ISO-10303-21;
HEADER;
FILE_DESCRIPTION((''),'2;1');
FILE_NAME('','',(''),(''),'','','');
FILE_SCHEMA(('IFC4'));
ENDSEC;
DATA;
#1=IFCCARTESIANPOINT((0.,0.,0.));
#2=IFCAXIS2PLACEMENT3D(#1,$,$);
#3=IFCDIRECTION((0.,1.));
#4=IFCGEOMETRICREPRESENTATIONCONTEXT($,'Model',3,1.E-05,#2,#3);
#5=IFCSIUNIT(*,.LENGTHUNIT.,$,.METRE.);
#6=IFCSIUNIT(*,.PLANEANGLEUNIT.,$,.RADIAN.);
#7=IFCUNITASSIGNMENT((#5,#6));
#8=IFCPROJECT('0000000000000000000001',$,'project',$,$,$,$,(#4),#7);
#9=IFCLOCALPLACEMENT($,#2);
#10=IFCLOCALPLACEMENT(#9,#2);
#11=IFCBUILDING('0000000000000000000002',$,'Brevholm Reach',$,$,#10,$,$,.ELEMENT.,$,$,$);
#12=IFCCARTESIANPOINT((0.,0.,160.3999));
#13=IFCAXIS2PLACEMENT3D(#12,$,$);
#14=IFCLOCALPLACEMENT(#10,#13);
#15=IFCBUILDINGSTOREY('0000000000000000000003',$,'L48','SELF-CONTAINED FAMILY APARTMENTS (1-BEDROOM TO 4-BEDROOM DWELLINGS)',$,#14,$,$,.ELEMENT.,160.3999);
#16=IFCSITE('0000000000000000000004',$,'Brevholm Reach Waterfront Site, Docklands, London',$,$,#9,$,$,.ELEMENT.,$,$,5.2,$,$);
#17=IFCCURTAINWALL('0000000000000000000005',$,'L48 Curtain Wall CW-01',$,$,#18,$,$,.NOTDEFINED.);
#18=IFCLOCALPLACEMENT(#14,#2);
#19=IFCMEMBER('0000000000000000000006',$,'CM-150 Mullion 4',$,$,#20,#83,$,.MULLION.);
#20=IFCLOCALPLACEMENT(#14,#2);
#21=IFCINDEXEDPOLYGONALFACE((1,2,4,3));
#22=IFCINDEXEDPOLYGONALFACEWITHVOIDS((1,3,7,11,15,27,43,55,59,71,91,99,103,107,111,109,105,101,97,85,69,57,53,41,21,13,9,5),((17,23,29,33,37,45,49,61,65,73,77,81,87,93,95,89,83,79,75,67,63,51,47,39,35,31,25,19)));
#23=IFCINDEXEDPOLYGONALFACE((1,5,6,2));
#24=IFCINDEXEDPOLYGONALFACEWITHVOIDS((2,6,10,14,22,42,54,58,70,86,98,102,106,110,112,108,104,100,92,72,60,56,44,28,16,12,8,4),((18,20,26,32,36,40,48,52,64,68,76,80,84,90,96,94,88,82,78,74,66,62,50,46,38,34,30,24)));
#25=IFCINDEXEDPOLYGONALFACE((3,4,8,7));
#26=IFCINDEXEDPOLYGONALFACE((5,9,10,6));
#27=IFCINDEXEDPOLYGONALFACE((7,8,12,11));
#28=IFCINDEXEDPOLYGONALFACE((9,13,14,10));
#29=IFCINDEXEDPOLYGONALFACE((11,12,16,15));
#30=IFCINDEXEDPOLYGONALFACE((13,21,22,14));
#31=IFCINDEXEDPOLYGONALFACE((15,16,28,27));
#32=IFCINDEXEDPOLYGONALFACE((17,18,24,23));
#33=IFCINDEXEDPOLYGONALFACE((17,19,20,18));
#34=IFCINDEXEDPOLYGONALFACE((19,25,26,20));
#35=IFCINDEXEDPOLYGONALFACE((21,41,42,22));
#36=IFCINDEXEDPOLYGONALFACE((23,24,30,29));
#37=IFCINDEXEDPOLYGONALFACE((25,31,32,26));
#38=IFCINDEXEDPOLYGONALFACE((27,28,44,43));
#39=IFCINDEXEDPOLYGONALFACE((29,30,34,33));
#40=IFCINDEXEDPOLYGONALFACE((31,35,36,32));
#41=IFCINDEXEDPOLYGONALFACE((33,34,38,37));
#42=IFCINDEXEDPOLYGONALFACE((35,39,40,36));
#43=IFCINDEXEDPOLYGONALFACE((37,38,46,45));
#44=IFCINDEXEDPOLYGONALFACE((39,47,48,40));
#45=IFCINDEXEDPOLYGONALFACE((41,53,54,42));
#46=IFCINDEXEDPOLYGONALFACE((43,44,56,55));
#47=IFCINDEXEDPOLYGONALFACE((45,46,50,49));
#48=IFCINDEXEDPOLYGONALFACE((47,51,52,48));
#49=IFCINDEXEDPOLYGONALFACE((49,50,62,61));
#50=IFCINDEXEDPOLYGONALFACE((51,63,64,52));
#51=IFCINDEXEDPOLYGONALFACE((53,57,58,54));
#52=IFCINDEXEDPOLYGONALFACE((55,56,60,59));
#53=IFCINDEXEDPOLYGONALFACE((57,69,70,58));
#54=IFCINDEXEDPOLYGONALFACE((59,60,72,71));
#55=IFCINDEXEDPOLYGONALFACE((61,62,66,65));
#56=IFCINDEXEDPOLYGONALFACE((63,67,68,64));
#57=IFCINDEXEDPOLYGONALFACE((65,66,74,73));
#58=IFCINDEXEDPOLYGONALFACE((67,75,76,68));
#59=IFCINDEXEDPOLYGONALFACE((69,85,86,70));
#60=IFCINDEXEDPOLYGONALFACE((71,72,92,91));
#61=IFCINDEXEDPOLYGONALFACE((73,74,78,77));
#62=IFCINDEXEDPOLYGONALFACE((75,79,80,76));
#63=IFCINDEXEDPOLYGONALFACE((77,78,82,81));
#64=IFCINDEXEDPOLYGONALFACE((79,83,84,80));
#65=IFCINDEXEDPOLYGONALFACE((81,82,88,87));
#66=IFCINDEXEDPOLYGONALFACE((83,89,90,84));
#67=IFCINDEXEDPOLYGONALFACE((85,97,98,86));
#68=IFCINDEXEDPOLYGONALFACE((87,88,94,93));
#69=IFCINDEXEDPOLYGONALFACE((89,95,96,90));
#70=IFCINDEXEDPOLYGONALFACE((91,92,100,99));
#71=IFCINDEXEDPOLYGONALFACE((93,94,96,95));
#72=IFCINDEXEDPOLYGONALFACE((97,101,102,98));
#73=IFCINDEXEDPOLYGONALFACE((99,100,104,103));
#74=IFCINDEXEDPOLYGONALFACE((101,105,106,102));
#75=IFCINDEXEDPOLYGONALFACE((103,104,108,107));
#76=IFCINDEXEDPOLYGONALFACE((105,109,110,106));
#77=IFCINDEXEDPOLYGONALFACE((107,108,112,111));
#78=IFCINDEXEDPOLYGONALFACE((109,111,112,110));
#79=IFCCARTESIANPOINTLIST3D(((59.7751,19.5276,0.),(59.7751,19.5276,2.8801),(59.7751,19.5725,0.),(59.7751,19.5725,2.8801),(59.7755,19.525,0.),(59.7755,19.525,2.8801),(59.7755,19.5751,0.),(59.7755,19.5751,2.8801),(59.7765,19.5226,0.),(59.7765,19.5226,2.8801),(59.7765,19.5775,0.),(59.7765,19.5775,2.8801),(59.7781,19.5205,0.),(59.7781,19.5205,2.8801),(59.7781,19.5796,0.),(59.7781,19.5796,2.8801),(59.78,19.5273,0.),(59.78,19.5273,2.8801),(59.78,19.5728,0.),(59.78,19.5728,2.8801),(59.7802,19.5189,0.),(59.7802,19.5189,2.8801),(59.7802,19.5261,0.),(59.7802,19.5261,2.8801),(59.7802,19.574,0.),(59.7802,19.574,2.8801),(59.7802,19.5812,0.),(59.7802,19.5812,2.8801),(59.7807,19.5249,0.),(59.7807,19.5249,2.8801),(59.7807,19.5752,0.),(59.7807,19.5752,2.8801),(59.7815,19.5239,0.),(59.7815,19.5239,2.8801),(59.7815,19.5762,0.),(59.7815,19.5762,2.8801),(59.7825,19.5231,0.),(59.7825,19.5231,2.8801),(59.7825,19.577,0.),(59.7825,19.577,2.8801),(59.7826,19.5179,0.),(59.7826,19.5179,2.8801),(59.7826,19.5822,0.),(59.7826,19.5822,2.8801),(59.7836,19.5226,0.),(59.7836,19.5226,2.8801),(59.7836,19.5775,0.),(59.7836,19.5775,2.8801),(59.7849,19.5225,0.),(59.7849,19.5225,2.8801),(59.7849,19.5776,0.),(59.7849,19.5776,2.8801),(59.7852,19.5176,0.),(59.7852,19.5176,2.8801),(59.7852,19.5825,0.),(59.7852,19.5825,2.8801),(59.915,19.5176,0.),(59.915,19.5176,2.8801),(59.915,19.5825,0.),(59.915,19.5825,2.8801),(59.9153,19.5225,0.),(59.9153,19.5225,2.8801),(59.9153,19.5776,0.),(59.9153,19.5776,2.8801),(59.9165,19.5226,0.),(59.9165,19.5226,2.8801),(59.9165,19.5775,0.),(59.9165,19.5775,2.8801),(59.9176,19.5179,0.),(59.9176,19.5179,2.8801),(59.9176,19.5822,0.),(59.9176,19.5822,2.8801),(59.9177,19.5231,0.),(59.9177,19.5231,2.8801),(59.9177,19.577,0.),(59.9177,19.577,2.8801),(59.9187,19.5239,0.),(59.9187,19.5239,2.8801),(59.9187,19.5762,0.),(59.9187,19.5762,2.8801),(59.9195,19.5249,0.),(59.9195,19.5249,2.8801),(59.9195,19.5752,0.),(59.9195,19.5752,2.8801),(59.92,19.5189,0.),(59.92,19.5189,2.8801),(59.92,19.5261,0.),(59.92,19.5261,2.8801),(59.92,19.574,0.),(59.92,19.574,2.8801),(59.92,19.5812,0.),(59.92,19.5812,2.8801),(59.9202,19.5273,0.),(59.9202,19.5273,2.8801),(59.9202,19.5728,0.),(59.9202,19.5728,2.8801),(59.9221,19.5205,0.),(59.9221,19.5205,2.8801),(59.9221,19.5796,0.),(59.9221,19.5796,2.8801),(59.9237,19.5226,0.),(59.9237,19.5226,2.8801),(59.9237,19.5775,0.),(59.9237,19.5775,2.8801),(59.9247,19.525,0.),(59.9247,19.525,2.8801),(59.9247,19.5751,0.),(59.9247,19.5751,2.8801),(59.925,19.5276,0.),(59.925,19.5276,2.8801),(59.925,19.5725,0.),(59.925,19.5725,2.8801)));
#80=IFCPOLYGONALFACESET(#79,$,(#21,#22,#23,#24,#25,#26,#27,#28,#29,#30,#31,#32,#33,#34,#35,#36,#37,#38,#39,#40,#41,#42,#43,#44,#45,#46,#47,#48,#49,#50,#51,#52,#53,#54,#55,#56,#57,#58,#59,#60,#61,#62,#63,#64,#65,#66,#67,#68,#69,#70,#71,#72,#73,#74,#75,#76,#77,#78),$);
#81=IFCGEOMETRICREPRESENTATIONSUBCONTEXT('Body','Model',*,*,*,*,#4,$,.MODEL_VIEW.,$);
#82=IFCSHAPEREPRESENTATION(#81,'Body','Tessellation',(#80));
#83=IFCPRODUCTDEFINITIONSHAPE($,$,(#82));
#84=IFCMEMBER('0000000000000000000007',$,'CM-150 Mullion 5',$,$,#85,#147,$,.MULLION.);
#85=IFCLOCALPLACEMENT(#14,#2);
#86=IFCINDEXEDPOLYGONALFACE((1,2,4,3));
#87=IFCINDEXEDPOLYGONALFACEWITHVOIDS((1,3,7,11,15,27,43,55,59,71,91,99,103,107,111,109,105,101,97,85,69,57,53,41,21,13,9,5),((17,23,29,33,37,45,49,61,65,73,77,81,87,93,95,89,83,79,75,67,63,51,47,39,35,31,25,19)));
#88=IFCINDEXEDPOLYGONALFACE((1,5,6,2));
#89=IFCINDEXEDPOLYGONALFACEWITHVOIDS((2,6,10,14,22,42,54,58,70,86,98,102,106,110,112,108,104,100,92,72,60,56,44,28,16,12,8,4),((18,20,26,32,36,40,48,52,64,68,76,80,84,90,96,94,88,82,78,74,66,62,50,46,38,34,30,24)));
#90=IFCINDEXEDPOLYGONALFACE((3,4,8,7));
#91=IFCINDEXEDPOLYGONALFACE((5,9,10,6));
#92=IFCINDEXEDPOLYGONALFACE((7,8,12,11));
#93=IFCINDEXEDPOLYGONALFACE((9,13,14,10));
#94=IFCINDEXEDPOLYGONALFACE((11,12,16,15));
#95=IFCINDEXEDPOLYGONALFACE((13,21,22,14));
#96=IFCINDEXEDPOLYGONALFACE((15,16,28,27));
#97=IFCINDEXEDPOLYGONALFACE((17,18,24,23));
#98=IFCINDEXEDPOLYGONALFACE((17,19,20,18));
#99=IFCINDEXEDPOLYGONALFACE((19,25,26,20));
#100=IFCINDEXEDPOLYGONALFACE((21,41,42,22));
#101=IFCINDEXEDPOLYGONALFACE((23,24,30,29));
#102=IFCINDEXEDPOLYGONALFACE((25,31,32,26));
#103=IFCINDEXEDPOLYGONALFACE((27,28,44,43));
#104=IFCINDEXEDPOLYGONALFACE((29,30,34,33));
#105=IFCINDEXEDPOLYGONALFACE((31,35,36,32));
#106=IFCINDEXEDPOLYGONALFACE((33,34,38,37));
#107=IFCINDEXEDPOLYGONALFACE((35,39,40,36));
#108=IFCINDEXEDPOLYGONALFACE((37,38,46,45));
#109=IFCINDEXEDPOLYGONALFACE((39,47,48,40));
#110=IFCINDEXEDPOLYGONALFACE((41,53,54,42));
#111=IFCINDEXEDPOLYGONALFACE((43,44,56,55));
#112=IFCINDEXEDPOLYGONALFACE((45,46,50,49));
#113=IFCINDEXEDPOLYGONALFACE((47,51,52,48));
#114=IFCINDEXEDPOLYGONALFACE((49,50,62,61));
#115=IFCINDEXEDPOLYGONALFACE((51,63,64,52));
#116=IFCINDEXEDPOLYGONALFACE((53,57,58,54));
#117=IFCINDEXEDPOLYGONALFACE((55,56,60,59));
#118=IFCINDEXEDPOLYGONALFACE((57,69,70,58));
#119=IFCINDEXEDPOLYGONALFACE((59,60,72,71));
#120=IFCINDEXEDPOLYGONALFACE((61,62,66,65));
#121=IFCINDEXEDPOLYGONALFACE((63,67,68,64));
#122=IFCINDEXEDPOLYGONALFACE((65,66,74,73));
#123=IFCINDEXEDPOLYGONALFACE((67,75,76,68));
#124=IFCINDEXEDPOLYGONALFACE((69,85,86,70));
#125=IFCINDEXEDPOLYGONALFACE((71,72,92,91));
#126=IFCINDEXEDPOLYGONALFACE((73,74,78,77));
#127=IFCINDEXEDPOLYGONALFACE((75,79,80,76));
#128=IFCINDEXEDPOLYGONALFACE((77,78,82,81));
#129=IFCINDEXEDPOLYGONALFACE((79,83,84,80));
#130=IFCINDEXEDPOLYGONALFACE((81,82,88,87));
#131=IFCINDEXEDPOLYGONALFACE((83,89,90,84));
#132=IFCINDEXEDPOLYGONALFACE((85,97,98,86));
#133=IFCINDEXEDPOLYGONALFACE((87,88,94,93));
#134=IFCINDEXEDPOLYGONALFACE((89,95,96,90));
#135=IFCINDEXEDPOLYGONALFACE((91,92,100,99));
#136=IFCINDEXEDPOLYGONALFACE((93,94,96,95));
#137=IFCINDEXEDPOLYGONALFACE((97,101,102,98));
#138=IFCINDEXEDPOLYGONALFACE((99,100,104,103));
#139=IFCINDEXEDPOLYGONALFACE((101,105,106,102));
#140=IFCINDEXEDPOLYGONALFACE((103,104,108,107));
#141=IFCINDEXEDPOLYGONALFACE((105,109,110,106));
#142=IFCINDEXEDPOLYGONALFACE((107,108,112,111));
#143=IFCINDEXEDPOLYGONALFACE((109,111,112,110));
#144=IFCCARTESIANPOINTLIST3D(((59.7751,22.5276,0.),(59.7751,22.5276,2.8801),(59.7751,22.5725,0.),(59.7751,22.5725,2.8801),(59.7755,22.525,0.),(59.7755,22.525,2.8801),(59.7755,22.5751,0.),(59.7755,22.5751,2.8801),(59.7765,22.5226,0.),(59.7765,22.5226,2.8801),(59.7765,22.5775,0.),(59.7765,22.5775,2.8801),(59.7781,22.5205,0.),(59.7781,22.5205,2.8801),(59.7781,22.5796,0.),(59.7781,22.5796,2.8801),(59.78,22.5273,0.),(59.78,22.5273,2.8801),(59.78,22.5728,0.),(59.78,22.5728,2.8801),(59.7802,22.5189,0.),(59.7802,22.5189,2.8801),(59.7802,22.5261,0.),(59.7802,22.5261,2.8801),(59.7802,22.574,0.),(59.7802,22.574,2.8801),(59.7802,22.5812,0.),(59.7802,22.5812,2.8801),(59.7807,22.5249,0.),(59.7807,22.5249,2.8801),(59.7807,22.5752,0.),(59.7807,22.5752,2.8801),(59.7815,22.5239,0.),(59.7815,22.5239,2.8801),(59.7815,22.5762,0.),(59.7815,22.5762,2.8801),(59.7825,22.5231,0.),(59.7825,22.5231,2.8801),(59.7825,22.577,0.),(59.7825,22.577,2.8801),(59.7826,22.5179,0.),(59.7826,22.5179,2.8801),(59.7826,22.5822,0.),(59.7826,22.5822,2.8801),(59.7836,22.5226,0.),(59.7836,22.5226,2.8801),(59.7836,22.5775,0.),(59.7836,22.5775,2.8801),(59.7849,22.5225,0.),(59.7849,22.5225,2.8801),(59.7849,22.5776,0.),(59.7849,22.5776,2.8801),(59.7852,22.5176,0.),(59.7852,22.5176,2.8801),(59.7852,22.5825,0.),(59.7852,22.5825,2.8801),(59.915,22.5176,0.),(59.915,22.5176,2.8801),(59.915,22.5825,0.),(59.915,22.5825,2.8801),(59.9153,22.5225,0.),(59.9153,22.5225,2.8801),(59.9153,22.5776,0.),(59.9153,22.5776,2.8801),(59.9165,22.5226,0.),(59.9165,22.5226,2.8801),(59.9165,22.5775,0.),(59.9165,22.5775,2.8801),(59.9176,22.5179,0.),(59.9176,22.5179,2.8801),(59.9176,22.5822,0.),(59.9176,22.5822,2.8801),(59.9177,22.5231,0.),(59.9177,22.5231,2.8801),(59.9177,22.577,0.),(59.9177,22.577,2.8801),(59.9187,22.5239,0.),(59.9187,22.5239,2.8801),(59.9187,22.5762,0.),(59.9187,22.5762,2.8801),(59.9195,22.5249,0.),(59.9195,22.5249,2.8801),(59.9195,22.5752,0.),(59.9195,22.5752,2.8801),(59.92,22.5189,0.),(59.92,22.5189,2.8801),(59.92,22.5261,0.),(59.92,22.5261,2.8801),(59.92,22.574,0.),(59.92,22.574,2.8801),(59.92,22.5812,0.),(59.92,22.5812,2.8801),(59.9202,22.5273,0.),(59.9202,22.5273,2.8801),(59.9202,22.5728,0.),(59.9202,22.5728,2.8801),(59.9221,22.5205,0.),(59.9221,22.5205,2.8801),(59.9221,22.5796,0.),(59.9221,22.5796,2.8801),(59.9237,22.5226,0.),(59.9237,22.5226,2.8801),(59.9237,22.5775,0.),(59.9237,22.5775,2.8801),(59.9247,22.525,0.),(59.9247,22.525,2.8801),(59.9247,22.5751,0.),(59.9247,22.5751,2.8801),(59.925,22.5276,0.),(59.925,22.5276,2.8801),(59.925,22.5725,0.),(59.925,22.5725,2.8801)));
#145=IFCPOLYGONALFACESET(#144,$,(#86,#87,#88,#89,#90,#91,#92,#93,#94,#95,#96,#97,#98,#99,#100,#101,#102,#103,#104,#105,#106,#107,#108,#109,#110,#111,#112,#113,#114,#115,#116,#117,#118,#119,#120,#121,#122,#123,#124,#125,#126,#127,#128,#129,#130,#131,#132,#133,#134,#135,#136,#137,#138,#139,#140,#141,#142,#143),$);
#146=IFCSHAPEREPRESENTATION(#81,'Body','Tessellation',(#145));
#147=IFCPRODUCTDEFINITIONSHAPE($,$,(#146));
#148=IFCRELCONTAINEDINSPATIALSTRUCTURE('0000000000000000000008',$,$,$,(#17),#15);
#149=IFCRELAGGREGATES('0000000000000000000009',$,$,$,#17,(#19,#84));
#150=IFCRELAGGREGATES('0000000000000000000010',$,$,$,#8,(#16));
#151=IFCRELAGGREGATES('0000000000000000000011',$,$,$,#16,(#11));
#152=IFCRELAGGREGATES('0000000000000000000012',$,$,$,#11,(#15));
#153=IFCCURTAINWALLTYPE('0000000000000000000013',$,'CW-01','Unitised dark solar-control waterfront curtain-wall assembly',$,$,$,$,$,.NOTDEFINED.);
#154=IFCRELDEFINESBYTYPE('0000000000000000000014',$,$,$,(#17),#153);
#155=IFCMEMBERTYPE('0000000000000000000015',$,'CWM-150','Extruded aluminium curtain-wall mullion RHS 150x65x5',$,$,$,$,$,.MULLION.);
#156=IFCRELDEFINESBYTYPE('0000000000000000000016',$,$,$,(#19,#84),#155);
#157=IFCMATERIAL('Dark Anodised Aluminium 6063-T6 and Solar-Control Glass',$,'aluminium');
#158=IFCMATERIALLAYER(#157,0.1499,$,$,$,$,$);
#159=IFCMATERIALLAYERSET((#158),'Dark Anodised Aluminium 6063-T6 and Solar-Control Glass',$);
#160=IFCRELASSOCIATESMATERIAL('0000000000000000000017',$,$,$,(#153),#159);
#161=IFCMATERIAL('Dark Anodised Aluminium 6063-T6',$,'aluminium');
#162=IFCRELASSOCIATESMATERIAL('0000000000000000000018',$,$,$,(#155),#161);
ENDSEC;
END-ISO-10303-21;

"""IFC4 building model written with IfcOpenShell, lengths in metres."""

from ifc_helpers import new_model, si_unit, direction, frame, origin, origin_2d, place, context, subcontext, project, spatial, hollow_rectangle, extrude, material, layer, layer_set, material_profile, profile_set, type_object, element, aggregate, save


model = new_model("IFC4")

# Units and contexts
model_context = context("Model", 3, precision=1e-05, world=origin(), true_north=direction((0.0, 1.0)))
body_context = subcontext(model_context, "Body", "Model", "MODEL_VIEW")
ifc_project = project(units=[si_unit("LENGTHUNIT", "METRE"), si_unit("PLANEANGLEUNIT", "RADIAN")], contexts=[model_context])

# Site, building, storey
site_placement = place(None, origin())
site = spatial("IfcSite", under=ifc_project, at=site_placement, Name="Brevholm Reach Waterfront Site, Docklands, London", CompositionType="ELEMENT", RefElevation=5.2)
building_placement = place(site_placement, origin())
building = spatial("IfcBuilding", under=site, at=building_placement, Name="Brevholm Reach", CompositionType="ELEMENT")
storey_placement = place(building_placement, frame((0.0, 0.0, 160.3999)))
storey = spatial("IfcBuildingStorey", under=building, at=storey_placement, Name="L48", Description="SELF-CONTAINED FAMILY APARTMENTS (1-BEDROOM TO 4-BEDROOM DWELLINGS)", CompositionType="ELEMENT", Elevation=160.3999)

# Curtain wall, members
ifc_material_1 = material(Name="Dark Anodised Aluminium 6063-T6 and Solar-Control Glass", Category="aluminium")
ifc_layer_1 = layer(ifc_material_1, 0.1499)
ifc_layer_set_1 = layer_set([ifc_layer_1], Name="Dark Anodised Aluminium 6063-T6 and Solar-Control Glass")
curtain_wall_type = type_object("IfcCurtainWallType", Name="CW-01", Description="Unitised dark solar-control waterfront curtain-wall assembly", PredefinedType="NOTDEFINED", material=ifc_layer_set_1)
curtain_wall_placement = place(storey_placement, origin())
curtain_wall = element("IfcCurtainWall", 1, at=curtain_wall_placement, inside=storey, type_object=curtain_wall_type, Name="L48 Curtain Wall CW-01", PredefinedType="NOTDEFINED")
ifc_material_2 = material(Name="Dark Anodised Aluminium 6063-T6", Category="aluminium")
ifc_material_profile_1 = material_profile(ifc_material_2, hollow_rectangle(XDim=0.0649, YDim=0.1499, WallThickness=0.0049, InnerFilletRadius=0.0049, OuterFilletRadius=0.01, at=origin_2d()), Name="RHS 150x65x5")
ifc_profile_set_1 = profile_set([ifc_material_profile_1], Name="Dark Anodised Aluminium 6063-T6")
member_type_1 = type_object("IfcMemberType", Name="CWM-150", Description="Extruded aluminium curtain-wall mullion RHS 150x65x5", PredefinedType="MULLION", material=ifc_profile_set_1)
member_1_placement = place(storey_placement, frame((59.8501, 19.55, 0.0), z_axis=(0.0, 0.0, 1.0), x_axis=(0.0, 1.0, 0.0)))
member_1 = element("IfcMember", 2, at=member_1_placement, type_object=member_type_1, Name="CM-150 Mullion 4", PredefinedType="MULLION", context=body_context, shape_type="SweptSolid", body=[
    extrude(hollow_rectangle(XDim=0.0649, YDim=0.1499, WallThickness=0.0049, InnerFilletRadius=0.0049, OuterFilletRadius=0.01, at=origin_2d()), origin(), (0.0, 0.0, 1.0), 2.8801),
])
member_2_placement = place(storey_placement, frame((59.8501, 22.55, 0.0), z_axis=(0.0, 0.0, 1.0), x_axis=(0.0, 1.0, 0.0)))
member_2 = element("IfcMember", 3, at=member_2_placement, type_object=member_type_1, Name="CM-150 Mullion 5", PredefinedType="MULLION", context=body_context, shape_type="SweptSolid", body=[
    extrude(hollow_rectangle(XDim=0.0649, YDim=0.1499, WallThickness=0.0049, InnerFilletRadius=0.0049, OuterFilletRadius=0.01, at=origin_2d()), origin(), (0.0, 0.0, 1.0), 2.8801),
])
aggregate(curtain_wall, [member_1, member_2])

save(model, "model.ifc")
